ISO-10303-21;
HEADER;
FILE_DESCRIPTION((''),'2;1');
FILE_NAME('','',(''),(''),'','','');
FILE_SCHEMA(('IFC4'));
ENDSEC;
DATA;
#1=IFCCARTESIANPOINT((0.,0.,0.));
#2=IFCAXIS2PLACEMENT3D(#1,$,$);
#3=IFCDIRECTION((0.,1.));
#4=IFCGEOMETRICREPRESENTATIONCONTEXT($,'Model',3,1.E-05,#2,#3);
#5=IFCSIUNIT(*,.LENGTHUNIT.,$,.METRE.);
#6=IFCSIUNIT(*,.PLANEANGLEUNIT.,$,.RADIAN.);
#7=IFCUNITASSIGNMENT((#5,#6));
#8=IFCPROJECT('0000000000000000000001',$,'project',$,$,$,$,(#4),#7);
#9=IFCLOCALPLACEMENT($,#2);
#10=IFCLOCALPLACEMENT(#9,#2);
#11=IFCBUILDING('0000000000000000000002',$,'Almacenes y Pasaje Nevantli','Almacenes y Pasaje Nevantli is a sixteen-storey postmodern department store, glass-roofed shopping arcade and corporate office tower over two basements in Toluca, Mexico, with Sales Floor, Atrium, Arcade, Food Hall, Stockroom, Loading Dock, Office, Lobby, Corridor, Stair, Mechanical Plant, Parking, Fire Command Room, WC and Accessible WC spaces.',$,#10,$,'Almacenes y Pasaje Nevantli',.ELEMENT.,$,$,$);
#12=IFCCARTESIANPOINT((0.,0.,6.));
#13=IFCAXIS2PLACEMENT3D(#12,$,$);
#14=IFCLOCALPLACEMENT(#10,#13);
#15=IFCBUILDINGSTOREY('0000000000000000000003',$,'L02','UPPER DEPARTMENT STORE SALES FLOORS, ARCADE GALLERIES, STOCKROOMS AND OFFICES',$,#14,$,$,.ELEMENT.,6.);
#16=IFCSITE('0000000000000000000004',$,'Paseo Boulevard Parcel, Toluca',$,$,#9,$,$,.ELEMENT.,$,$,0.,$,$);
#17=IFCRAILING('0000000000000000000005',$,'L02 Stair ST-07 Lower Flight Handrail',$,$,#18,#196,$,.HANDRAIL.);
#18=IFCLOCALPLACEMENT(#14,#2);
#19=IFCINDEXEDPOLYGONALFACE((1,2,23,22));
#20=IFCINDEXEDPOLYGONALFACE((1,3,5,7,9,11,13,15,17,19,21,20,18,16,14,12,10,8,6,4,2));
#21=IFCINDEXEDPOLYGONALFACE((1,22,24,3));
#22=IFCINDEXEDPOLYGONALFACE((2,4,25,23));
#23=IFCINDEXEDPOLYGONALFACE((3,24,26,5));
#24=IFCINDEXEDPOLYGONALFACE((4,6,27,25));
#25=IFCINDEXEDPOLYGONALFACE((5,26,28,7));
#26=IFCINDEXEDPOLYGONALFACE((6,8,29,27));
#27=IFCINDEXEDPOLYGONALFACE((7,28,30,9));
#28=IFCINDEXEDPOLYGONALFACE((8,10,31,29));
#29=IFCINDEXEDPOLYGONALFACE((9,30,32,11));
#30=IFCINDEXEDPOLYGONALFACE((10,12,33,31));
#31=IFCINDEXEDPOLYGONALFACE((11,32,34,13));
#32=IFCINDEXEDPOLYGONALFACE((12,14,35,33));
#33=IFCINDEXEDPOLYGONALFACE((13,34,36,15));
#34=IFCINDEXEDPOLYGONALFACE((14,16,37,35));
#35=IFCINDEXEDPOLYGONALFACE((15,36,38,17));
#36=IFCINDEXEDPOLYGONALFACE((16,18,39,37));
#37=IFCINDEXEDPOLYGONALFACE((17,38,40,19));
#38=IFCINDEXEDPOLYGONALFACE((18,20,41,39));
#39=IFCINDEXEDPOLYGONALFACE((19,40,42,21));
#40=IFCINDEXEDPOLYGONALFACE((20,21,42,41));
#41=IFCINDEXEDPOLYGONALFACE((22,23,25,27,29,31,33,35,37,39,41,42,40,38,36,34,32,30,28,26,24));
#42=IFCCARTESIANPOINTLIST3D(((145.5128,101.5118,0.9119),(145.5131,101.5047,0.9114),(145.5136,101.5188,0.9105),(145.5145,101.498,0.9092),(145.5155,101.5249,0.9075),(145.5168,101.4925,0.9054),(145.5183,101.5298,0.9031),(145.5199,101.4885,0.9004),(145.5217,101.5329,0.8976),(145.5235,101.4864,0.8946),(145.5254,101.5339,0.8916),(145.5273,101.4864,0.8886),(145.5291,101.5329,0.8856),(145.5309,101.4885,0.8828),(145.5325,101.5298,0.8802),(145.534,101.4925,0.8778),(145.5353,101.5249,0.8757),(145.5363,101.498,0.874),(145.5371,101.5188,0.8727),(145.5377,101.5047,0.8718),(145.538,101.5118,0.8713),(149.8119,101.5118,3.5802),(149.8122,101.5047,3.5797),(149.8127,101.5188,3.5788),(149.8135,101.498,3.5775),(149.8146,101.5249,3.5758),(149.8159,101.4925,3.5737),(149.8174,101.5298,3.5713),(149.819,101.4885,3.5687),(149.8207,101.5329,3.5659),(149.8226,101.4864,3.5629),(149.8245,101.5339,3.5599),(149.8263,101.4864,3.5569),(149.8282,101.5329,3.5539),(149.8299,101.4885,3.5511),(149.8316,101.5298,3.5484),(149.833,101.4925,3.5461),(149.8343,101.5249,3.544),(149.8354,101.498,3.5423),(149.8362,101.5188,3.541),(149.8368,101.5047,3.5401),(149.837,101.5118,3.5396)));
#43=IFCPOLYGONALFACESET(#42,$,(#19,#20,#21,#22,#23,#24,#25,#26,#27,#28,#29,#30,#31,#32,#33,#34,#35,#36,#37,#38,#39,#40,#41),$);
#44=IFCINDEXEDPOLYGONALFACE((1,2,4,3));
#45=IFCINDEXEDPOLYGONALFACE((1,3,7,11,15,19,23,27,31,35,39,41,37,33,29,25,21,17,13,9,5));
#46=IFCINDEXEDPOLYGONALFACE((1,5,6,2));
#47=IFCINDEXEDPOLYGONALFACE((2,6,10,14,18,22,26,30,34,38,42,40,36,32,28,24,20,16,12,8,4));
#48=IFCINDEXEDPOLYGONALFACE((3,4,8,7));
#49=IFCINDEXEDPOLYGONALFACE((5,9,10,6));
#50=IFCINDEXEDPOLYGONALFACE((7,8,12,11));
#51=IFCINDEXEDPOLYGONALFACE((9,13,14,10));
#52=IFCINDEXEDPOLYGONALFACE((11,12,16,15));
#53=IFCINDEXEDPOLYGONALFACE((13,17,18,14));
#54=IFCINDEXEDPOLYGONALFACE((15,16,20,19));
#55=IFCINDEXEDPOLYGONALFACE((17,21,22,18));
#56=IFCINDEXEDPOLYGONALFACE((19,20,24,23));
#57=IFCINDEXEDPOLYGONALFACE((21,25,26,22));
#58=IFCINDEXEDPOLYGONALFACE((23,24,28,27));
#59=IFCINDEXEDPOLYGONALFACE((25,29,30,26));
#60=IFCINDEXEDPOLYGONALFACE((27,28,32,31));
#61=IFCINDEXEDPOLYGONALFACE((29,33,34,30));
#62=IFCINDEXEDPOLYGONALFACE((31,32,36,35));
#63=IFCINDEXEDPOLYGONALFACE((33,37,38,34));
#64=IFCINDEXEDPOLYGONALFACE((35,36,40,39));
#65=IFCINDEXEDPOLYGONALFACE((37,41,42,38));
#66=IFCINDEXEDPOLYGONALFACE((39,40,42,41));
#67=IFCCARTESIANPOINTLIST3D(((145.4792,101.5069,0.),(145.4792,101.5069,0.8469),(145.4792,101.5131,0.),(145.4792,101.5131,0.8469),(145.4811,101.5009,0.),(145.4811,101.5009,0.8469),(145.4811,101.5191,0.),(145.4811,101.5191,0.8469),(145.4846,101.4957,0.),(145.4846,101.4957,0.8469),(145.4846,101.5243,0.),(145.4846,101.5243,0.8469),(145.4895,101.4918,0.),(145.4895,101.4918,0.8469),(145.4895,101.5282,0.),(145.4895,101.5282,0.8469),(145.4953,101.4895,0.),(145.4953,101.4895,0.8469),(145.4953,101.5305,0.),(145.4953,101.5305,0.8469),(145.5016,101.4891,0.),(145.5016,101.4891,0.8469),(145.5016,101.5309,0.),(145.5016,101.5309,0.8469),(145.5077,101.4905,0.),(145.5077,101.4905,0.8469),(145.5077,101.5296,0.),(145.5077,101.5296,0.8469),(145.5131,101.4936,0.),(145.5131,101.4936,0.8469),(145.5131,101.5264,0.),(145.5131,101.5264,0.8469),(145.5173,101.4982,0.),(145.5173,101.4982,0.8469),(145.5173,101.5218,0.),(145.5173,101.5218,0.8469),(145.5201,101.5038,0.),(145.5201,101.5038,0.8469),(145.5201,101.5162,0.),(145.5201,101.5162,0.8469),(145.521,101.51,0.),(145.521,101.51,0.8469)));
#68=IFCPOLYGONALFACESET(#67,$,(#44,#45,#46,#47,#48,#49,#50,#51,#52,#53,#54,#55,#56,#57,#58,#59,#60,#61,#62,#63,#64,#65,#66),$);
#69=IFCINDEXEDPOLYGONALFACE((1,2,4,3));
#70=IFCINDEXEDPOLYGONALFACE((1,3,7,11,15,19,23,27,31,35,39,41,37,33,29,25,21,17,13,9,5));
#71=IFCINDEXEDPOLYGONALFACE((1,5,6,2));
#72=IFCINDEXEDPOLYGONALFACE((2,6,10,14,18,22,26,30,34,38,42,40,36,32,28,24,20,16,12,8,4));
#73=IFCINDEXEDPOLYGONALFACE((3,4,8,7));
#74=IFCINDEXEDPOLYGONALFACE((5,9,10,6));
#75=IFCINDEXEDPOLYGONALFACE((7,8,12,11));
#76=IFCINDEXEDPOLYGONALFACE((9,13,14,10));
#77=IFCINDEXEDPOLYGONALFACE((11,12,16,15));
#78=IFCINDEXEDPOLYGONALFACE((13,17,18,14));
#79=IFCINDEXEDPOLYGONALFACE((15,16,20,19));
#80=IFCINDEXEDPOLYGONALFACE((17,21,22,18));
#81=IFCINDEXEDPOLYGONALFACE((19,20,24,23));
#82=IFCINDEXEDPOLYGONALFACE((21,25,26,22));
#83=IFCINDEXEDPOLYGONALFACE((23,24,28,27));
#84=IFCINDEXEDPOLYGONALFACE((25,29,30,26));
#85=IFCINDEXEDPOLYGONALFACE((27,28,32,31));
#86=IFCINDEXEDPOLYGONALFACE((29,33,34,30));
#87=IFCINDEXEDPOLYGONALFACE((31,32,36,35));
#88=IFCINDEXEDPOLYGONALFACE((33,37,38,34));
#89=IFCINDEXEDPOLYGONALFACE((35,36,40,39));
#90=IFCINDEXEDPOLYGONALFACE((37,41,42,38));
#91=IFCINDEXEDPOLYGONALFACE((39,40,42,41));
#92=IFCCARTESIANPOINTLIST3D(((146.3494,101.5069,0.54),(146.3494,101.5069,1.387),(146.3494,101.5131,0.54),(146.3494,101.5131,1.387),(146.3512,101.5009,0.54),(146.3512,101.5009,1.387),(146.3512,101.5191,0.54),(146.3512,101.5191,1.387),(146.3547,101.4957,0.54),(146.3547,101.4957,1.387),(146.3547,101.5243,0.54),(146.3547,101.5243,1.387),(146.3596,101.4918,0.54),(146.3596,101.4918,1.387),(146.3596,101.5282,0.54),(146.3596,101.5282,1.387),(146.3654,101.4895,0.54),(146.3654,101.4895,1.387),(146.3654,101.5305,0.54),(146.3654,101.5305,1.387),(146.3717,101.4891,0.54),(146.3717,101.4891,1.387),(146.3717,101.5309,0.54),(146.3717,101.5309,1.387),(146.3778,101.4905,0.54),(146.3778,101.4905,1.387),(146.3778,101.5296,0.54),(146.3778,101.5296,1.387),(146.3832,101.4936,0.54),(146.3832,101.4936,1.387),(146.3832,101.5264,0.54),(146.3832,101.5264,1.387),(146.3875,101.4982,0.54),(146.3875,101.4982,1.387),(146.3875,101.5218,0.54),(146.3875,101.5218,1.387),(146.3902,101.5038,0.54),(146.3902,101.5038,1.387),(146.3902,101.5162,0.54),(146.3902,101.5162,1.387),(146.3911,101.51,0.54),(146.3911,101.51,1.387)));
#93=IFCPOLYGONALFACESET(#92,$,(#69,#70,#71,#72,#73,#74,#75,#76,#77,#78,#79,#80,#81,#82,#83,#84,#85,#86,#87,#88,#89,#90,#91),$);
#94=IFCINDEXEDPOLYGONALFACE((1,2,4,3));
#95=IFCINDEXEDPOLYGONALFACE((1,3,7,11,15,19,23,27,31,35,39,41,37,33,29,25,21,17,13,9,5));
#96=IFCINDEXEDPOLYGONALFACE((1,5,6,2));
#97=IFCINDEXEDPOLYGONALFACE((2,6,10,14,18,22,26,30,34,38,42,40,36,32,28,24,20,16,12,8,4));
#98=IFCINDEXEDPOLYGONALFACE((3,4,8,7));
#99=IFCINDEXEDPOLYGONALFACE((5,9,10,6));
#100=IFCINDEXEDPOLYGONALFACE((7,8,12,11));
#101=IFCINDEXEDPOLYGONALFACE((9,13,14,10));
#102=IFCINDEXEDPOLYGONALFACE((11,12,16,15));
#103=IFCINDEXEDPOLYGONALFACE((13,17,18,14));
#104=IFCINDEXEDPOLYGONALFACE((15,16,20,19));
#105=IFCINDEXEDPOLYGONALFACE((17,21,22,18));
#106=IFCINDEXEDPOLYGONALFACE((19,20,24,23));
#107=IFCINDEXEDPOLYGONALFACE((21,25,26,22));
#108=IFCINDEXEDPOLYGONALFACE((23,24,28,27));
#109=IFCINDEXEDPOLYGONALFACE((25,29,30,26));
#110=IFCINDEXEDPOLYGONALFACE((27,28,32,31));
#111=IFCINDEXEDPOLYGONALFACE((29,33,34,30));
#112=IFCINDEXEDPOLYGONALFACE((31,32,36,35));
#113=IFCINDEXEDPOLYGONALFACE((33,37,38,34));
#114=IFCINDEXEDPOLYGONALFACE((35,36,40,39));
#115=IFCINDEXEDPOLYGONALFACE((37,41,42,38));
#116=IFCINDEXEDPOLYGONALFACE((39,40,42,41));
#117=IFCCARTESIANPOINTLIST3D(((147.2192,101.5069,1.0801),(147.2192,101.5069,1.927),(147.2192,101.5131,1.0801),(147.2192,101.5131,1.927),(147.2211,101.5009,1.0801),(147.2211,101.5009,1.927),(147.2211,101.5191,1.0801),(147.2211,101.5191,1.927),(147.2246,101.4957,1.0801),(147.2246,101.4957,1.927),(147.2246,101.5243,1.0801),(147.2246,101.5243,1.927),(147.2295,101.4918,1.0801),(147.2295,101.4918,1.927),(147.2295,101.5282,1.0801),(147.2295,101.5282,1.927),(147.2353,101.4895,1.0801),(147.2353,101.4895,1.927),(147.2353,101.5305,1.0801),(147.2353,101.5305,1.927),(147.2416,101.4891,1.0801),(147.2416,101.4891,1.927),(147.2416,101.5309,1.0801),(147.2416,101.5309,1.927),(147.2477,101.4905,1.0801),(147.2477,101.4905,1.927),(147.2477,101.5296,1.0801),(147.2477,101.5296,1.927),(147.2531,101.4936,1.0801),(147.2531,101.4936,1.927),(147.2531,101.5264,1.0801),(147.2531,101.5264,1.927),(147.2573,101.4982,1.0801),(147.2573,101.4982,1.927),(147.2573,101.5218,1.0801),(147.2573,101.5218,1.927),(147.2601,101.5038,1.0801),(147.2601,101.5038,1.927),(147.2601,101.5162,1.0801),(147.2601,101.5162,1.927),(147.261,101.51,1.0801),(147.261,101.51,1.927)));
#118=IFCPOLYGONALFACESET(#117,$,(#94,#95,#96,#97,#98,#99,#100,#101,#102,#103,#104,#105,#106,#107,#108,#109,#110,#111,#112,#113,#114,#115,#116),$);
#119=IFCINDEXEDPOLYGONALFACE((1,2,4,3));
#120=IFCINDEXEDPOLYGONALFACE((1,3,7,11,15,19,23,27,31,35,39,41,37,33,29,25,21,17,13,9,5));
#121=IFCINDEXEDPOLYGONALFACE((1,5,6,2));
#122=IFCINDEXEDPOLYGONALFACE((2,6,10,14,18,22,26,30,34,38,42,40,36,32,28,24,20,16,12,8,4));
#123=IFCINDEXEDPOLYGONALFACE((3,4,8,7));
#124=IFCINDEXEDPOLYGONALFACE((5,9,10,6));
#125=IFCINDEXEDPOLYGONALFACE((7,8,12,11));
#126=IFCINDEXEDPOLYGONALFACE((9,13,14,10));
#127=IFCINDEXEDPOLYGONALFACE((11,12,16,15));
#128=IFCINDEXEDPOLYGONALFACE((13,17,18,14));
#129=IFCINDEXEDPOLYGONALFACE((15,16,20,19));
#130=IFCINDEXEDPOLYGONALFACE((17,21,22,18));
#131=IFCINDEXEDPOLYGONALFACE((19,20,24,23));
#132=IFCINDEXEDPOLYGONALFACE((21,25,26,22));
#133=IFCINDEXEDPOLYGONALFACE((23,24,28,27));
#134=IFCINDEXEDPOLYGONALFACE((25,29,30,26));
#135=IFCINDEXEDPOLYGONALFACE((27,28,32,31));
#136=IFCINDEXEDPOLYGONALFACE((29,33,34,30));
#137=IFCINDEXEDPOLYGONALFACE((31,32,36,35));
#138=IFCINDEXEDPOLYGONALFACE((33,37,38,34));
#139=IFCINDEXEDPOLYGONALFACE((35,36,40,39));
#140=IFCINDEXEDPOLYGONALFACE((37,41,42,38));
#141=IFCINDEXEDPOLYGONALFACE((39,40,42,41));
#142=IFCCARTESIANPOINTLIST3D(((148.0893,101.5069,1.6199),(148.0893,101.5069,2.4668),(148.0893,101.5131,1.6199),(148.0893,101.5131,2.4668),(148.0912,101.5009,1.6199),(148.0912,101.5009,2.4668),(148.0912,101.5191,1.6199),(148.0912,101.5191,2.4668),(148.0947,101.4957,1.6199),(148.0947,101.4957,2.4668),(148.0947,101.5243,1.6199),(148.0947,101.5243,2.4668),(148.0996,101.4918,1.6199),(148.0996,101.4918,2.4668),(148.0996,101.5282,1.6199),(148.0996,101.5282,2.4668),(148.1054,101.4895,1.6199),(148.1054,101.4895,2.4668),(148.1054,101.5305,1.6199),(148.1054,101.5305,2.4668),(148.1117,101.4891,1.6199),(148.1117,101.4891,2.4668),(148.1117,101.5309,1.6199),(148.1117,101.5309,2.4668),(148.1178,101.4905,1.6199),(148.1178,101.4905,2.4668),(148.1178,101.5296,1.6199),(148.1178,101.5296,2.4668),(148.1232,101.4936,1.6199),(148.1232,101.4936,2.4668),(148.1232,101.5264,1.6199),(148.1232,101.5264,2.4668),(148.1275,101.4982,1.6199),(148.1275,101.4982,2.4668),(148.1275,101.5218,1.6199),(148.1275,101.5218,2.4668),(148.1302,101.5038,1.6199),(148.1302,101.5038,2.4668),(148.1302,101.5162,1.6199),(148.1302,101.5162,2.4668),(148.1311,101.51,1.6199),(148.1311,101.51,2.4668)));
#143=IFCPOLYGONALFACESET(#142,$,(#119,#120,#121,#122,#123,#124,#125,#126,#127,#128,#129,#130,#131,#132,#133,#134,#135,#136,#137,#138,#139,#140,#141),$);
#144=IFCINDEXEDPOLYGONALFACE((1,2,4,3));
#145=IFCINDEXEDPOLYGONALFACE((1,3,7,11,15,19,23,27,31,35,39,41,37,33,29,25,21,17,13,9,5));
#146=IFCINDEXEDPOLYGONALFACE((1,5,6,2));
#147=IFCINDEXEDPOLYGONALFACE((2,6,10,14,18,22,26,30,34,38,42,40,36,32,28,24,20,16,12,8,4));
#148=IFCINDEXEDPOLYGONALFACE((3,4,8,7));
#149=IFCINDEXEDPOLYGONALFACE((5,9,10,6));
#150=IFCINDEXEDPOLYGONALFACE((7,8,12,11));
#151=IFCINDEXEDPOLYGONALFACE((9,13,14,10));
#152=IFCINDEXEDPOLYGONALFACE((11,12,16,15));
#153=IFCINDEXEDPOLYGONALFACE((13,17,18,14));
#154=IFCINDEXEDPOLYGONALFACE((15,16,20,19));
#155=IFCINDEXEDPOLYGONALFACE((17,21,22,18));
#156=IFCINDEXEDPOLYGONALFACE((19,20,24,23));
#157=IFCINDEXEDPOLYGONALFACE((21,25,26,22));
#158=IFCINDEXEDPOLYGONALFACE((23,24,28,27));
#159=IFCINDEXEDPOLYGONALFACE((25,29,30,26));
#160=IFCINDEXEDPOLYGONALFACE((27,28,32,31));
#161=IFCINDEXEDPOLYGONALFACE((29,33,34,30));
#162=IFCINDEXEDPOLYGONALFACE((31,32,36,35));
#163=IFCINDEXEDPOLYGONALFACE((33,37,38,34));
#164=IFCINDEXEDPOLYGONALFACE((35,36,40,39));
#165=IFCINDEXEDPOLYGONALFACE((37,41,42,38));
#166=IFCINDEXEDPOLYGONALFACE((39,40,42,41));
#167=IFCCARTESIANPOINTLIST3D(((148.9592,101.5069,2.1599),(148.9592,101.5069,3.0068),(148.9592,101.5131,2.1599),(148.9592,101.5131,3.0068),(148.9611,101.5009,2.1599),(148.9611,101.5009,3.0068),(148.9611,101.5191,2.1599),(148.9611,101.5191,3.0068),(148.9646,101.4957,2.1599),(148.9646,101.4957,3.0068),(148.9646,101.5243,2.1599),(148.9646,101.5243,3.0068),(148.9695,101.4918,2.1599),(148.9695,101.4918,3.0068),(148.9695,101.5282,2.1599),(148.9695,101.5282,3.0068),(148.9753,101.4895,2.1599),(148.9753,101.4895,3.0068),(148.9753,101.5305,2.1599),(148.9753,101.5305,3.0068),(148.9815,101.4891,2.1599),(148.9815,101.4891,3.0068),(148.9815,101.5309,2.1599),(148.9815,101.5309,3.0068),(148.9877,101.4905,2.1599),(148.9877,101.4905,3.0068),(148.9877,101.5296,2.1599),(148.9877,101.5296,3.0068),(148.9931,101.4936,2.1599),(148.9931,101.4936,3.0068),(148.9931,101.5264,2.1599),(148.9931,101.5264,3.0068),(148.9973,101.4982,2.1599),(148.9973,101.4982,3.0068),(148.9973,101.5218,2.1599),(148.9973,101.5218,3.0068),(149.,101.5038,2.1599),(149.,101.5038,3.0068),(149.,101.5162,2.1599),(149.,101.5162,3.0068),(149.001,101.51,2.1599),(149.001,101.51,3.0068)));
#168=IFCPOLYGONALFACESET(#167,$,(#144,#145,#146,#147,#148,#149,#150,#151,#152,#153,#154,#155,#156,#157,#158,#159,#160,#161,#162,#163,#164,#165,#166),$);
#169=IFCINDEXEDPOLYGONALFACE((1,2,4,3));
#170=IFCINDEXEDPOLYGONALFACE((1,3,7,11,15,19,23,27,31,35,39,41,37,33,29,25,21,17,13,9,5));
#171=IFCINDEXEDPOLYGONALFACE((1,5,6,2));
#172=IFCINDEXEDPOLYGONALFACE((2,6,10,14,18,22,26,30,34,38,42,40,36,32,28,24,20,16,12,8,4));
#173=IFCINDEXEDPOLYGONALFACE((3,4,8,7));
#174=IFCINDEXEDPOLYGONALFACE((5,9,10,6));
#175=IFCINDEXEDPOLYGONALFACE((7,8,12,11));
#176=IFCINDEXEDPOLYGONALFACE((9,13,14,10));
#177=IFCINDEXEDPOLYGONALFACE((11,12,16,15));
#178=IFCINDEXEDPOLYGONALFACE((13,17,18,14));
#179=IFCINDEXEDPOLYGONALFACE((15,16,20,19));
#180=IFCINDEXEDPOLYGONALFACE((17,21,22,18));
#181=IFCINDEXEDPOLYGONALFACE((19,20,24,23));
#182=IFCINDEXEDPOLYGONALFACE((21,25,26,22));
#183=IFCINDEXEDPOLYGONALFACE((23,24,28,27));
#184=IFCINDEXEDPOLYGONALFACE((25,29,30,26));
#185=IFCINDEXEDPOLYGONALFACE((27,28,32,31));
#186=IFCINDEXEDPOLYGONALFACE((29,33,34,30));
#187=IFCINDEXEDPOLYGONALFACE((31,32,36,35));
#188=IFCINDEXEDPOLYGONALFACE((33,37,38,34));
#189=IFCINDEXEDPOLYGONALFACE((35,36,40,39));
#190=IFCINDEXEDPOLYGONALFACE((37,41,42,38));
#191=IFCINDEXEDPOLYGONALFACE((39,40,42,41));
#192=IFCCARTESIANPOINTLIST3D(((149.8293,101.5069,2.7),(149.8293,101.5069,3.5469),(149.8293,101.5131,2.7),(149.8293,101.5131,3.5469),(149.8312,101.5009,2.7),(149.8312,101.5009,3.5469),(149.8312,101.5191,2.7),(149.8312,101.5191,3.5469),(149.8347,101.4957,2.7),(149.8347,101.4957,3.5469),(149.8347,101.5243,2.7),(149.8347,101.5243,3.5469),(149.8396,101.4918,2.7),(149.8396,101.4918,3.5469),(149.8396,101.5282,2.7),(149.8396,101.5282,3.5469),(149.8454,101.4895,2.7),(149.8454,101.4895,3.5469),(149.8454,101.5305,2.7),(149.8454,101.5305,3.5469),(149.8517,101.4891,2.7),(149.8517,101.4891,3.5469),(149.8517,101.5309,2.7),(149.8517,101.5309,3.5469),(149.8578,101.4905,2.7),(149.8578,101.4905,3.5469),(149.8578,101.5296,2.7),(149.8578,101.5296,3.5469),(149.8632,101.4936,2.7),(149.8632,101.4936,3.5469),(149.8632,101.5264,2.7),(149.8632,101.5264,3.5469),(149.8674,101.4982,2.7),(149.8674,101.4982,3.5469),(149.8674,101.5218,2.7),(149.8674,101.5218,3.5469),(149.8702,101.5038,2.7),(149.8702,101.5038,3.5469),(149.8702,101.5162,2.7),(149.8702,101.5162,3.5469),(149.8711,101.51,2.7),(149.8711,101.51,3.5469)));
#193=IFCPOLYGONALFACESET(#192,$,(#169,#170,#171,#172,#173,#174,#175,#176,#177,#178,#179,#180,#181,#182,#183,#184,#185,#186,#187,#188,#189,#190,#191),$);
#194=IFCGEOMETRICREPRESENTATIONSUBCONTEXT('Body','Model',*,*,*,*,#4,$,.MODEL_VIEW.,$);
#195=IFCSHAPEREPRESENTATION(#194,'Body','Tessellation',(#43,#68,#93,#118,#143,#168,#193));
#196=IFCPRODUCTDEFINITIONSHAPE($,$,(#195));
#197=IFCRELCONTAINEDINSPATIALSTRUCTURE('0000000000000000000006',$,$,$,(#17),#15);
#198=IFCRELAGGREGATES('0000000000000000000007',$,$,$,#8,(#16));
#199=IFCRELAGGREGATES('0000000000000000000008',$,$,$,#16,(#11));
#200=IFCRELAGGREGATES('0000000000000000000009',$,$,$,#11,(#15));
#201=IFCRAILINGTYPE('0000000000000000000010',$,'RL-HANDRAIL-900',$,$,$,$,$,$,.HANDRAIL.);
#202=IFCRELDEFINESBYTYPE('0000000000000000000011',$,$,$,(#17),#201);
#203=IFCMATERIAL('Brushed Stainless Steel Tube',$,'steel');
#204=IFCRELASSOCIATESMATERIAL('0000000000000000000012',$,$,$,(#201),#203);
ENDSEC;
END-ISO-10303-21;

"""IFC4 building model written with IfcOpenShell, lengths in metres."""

from ifc_helpers import new_model, si_unit, direction, frame, origin, origin_2d, place, context, subcontext, project, spatial, circle, extrude, material, type_object, element, save


model = new_model("IFC4")

# Units and contexts
model_context = context("Model", 3, precision=1e-05, world=origin(), true_north=direction((0.0, 1.0)))
body_context = subcontext(model_context, "Body", "Model", "MODEL_VIEW")
ifc_project = project(units=[si_unit("LENGTHUNIT", "METRE"), si_unit("PLANEANGLEUNIT", "RADIAN")], contexts=[model_context])

# Site, building, storey
site_placement = place(None, origin())
site = spatial("IfcSite", under=ifc_project, at=site_placement, Name="Paseo Boulevard Parcel, Toluca", CompositionType="ELEMENT", RefElevation=0.0)
building_placement = place(site_placement, origin())
building = spatial("IfcBuilding", under=site, at=building_placement, Name="Almacenes y Pasaje Nevantli", Description="Almacenes y Pasaje Nevantli is a sixteen-storey postmodern department store, glass-roofed shopping arcade and corporate office tower over two basements in Toluca, Mexico, with Sales Floor, Atrium, Arcade, Food Hall, Stockroom, Loading Dock, Office, Lobby, Corridor, Stair, Mechanical Plant, Parking, Fire Command Room, WC and Accessible WC spaces.", LongName="Almacenes y Pasaje Nevantli", CompositionType="ELEMENT")
storey_placement = place(building_placement, frame((0.0, 0.0, 6.0)))
storey = spatial("IfcBuildingStorey", under=building, at=storey_placement, Name="L02", Description="UPPER DEPARTMENT STORE SALES FLOORS, ARCADE GALLERIES, STOCKROOMS AND OFFICES", CompositionType="ELEMENT", Elevation=6.0)

# Railing
ifc_material_1 = material(Name="Brushed Stainless Steel Tube", Category="steel")
railing_type_1 = type_object("IfcRailingType", Name="RL-HANDRAIL-900", PredefinedType="HANDRAIL", material=ifc_material_1)
railing_1_placement = place(storey_placement, frame((145.5, 101.51, 0.0)))
element("IfcRailing", 1, at=railing_1_placement, inside=storey, type_object=railing_type_1, Name="L02 Stair ST-07 Lower Flight Handrail", PredefinedType="HANDRAIL", context=body_context, shape_type="SweptSolid", body=[
    extrude(circle(Radius=0.0239, at=origin_2d()), frame((0.0254, 0.0, 0.8916), z_axis=(0.84965, 0.0, 0.527347), x_axis=(0.0, 1.0, 0.0)), (0.0, 0.0, 1.0), 5.0598),
    extrude(circle(Radius=0.021, at=origin_2d()), origin(), (0.0, 0.0, 1.0), 0.8469),
    extrude(circle(Radius=0.021, at=origin_2d()), frame((0.8701, 0.0, 0.54)), (0.0, 0.0, 1.0), 0.8469),
    extrude(circle(Radius=0.021, at=origin_2d()), frame((1.74, 0.0, 1.0801)), (0.0, 0.0, 1.0), 0.8469),
    extrude(circle(Radius=0.021, at=origin_2d()), frame((2.6101, 0.0, 1.6199)), (0.0, 0.0, 1.0), 0.8469),
    extrude(circle(Radius=0.021, at=origin_2d()), frame((3.48, 0.0, 2.1599)), (0.0, 0.0, 1.0), 0.8469),
    extrude(circle(Radius=0.021, at=origin_2d()), frame((4.3501, 0.0, 2.7)), (0.0, 0.0, 1.0), 0.8469),
])

save(model, "model.ifc")
